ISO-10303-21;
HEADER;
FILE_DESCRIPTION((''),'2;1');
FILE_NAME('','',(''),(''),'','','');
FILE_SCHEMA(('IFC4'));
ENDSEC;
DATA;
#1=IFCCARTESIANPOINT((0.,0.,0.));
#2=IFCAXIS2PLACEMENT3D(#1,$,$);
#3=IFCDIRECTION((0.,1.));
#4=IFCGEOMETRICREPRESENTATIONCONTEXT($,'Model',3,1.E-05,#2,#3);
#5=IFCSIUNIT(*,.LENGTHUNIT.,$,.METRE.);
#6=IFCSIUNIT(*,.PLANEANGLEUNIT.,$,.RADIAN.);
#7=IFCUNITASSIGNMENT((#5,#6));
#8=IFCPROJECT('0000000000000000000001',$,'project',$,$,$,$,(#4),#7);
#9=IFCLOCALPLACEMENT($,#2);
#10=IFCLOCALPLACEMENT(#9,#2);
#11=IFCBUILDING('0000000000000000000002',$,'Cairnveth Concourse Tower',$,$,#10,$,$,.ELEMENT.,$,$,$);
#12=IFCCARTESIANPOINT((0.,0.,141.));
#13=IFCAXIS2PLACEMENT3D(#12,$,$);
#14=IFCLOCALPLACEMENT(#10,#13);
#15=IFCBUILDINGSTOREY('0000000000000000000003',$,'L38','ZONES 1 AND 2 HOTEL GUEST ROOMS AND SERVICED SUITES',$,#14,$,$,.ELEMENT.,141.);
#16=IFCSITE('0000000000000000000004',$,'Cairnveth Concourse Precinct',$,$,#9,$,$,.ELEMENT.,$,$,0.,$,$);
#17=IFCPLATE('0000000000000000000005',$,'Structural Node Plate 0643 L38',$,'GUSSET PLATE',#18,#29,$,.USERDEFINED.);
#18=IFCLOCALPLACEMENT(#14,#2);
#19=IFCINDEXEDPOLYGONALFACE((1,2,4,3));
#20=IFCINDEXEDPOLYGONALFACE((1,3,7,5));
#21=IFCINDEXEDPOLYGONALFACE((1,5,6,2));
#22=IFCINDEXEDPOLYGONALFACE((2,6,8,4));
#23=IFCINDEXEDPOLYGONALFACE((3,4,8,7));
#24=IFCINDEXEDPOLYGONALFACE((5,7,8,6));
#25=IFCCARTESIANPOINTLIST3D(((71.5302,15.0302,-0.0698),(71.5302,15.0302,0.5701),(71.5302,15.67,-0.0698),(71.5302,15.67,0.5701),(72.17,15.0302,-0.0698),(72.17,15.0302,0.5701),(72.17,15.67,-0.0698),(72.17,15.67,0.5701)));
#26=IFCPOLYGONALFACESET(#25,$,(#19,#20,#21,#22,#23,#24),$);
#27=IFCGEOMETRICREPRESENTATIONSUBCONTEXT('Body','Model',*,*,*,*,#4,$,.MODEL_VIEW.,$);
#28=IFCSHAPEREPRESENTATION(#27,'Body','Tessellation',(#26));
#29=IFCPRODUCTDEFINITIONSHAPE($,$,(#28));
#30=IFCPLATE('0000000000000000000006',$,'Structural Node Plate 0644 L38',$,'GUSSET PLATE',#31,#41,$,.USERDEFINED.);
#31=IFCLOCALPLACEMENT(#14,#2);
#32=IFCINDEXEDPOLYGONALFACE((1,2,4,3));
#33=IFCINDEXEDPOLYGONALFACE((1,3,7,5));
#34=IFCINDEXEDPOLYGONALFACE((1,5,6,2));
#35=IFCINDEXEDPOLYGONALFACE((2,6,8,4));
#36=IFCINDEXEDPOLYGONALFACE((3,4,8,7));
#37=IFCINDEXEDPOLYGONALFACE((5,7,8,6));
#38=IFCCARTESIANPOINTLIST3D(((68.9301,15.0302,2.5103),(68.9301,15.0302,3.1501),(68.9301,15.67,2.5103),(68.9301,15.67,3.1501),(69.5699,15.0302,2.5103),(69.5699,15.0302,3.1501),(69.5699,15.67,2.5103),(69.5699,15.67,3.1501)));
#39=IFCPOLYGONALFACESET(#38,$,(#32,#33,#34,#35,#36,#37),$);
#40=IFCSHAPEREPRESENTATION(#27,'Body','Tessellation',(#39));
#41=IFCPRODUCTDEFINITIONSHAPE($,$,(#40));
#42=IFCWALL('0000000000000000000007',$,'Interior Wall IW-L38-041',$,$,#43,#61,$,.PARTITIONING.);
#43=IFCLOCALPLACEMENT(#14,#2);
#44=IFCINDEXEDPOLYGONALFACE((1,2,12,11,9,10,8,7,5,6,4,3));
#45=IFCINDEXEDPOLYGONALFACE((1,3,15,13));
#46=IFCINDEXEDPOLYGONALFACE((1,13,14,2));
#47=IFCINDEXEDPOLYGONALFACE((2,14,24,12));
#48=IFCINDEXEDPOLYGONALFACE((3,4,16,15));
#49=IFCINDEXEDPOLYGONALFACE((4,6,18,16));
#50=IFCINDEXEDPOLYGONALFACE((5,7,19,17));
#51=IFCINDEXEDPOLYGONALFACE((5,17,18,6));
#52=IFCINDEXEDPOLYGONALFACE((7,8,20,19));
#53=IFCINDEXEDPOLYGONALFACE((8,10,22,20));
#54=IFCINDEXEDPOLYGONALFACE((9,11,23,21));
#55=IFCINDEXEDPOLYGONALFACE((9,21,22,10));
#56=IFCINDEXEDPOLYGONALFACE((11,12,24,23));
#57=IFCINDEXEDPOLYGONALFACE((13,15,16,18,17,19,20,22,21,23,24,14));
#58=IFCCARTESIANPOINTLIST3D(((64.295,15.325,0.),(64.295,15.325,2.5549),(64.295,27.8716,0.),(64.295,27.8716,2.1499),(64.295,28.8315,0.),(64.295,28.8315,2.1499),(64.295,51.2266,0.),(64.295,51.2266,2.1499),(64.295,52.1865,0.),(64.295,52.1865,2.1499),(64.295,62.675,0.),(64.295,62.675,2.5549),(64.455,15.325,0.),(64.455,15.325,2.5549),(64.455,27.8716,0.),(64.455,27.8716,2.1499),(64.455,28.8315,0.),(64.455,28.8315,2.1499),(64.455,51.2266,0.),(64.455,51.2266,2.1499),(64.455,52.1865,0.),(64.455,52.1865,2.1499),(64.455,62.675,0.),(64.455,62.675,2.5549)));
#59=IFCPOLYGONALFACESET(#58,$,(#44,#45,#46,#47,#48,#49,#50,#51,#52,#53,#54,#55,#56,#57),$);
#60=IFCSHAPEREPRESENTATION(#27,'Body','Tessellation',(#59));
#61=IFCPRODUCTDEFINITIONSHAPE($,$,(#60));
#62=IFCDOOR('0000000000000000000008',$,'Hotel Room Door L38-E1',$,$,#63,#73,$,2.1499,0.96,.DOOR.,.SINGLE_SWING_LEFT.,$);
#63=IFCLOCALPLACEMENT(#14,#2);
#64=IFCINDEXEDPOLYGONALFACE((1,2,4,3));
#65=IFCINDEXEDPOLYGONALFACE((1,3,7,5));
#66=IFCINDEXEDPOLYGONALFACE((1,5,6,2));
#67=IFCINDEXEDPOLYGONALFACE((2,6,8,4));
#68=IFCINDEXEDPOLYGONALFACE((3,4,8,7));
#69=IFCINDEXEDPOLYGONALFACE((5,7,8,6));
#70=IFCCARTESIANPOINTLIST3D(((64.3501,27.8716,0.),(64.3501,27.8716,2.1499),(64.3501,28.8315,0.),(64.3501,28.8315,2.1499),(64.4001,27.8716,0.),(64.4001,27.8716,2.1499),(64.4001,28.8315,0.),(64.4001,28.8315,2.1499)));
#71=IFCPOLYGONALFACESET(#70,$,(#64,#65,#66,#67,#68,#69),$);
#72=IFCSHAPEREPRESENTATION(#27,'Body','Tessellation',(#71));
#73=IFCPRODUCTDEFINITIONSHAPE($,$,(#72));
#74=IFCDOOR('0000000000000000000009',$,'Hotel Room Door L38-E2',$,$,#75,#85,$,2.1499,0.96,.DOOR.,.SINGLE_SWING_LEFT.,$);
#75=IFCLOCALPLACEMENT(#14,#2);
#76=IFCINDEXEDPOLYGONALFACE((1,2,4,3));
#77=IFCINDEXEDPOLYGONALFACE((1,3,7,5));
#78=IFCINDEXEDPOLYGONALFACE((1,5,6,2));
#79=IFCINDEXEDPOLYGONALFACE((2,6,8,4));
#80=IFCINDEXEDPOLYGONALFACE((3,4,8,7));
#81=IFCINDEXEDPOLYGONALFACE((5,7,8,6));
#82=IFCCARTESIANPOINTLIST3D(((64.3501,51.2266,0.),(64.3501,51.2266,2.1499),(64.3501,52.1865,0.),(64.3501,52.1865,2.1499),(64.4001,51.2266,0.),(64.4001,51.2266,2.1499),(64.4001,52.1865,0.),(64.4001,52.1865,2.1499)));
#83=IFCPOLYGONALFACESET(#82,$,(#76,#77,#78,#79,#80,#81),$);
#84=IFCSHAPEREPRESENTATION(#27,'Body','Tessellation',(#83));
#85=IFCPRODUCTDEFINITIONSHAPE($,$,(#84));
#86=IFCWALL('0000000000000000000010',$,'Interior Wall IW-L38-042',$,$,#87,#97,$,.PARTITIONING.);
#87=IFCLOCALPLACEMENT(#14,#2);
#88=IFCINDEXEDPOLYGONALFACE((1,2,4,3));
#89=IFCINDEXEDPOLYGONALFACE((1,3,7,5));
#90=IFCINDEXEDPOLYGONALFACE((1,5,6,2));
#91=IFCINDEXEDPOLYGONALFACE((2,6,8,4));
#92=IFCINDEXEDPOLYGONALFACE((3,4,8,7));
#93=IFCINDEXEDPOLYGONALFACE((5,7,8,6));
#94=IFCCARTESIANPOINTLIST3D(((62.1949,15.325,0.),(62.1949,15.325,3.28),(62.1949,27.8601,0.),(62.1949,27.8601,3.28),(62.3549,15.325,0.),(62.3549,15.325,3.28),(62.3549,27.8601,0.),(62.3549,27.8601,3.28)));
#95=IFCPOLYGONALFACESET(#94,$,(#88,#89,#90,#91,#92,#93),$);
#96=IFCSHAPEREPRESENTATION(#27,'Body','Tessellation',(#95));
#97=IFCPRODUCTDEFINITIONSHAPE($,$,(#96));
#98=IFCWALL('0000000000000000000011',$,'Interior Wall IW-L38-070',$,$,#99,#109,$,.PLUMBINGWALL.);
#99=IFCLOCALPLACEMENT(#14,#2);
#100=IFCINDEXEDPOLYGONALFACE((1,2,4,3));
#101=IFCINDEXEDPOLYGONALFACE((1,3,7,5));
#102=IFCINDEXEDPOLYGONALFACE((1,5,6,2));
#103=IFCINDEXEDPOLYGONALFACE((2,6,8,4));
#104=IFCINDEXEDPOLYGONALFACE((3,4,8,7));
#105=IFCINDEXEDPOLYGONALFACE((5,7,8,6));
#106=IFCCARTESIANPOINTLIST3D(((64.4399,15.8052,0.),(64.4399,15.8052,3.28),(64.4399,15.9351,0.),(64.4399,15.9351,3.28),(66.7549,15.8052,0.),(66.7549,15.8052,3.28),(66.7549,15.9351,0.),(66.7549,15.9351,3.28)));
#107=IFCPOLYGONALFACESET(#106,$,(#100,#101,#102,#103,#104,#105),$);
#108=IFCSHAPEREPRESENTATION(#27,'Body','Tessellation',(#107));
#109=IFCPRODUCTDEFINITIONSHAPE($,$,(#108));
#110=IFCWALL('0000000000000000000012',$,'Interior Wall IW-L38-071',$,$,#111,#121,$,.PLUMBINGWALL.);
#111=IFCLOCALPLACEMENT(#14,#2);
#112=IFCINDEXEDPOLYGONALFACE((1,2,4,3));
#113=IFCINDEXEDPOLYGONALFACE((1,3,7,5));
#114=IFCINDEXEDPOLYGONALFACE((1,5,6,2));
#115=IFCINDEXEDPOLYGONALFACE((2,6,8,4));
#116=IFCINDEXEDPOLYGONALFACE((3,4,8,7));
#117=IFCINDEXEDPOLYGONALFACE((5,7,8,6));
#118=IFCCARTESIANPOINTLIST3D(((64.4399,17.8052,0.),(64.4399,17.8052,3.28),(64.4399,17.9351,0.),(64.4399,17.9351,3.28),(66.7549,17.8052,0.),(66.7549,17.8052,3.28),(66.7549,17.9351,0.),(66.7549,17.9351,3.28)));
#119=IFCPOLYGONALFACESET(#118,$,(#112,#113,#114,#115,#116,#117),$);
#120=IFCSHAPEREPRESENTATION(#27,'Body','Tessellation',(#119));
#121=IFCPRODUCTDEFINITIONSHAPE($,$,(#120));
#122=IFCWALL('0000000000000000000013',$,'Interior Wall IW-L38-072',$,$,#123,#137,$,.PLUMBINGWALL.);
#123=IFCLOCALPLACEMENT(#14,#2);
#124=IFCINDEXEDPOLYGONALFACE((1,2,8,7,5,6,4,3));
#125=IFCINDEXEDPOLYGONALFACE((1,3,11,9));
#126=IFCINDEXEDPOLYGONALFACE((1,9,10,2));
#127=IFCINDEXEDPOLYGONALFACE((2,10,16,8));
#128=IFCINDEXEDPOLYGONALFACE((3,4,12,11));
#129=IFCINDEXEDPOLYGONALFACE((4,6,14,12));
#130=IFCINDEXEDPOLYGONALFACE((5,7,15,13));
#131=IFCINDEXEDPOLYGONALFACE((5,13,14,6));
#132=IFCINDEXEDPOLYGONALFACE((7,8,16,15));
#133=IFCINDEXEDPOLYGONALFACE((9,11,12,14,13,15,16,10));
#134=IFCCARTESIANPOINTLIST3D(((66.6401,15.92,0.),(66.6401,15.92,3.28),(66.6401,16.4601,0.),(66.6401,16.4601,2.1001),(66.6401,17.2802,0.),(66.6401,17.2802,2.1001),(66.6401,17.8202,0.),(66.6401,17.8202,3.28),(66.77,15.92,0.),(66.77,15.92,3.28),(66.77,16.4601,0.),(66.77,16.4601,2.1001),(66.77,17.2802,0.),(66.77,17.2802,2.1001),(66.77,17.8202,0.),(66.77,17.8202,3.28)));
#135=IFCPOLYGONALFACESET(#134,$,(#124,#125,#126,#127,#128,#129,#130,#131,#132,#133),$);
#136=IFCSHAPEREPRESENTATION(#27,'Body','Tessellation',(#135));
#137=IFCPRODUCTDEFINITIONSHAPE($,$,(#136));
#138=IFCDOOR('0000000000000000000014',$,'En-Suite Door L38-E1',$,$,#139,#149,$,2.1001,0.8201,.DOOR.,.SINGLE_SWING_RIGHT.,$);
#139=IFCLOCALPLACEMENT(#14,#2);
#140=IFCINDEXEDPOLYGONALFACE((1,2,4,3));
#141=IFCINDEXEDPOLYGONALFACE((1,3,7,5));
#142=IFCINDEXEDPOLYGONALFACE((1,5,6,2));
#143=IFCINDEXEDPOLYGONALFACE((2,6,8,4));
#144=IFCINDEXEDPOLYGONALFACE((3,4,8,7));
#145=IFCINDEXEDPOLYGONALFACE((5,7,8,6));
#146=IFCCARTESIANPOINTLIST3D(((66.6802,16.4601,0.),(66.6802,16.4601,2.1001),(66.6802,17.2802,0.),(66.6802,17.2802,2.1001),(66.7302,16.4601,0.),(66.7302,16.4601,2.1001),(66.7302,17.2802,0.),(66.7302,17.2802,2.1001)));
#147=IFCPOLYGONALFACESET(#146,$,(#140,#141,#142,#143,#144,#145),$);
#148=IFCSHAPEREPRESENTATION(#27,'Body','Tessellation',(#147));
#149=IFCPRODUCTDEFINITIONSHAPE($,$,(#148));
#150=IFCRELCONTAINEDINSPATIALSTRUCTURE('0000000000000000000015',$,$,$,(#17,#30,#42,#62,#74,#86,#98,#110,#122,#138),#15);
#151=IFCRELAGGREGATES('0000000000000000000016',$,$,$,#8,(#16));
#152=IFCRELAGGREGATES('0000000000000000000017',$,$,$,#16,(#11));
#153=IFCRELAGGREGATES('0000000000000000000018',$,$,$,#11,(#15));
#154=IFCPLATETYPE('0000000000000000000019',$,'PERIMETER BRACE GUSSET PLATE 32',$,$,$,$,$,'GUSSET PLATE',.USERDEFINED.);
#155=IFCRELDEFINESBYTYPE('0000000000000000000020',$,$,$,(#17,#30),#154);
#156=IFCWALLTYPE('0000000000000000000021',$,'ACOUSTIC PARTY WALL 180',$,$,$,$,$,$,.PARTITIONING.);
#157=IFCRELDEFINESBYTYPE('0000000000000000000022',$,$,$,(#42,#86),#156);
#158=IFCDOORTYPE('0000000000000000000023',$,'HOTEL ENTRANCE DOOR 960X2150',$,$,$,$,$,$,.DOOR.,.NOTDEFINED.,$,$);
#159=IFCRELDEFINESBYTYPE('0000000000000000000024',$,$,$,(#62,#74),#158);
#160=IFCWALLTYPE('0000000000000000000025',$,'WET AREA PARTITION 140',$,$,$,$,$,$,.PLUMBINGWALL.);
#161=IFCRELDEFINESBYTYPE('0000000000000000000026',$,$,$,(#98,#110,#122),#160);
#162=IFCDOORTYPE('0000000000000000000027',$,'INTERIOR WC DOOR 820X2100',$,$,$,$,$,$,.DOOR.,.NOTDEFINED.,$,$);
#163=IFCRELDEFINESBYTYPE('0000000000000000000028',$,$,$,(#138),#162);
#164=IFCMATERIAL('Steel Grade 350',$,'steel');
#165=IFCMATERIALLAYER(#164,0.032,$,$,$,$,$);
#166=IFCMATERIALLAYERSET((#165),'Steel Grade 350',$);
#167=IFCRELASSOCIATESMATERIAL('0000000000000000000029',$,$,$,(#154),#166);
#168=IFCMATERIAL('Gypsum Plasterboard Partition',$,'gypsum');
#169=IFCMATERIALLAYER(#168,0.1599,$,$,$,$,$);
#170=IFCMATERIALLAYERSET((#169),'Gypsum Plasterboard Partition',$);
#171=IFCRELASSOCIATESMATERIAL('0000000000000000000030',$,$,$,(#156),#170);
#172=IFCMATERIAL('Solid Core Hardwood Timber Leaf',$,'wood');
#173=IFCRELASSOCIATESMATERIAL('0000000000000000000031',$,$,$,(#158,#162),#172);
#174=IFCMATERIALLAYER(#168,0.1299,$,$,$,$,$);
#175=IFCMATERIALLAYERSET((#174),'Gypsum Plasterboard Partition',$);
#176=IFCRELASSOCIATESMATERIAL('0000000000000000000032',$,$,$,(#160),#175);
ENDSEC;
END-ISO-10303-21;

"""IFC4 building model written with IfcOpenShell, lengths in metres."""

from ifc_helpers import new_model, si_unit, direction, frame, frame_2d, origin, origin_2d, place, context, subcontext, project, spatial, rectangle, extrude, material, layer, layer_set, type_object, element, fill, save


model = new_model("IFC4")

# Units and contexts
model_context = context("Model", 3, precision=1e-05, world=origin(), true_north=direction((0.0, 1.0)))
body_context = subcontext(model_context, "Body", "Model", "MODEL_VIEW")
ifc_project = project(units=[si_unit("LENGTHUNIT", "METRE"), si_unit("PLANEANGLEUNIT", "RADIAN")], contexts=[model_context])

# Site, building, storey
site_placement = place(None, origin())
site = spatial("IfcSite", under=ifc_project, at=site_placement, Name="Cairnveth Concourse Precinct", CompositionType="ELEMENT", RefElevation=0.0)
building_placement = place(site_placement, origin())
building = spatial("IfcBuilding", under=site, at=building_placement, Name="Cairnveth Concourse Tower", CompositionType="ELEMENT")
storey_placement = place(building_placement, frame((0.0, 0.0, 141.0)))
storey = spatial("IfcBuildingStorey", under=building, at=storey_placement, Name="L38", Description="ZONES 1 AND 2 HOTEL GUEST ROOMS AND SERVICED SUITES", CompositionType="ELEMENT", Elevation=141.0)

# Shared definitions
ifc_material_1 = material(Name="Steel Grade 350", Category="steel")

# Plates
ifc_layer_1 = layer(ifc_material_1, 0.032)
ifc_layer_set_1 = layer_set([ifc_layer_1], Name="Steel Grade 350")
plate_type = type_object("IfcPlateType", Name="PERIMETER BRACE GUSSET PLATE 32", ElementType="GUSSET PLATE", PredefinedType="USERDEFINED", material=ifc_layer_set_1)
for number, where, z_axis, x_axis, name in (
    (1, (71.8501, 15.3501, -0.0698), (0.0, 0.0, 1.0), (1.0, 0.0, 0.0), "Structural Node Plate 0643 L38"),
    (2, (69.25, 15.3501, 2.5103), (0.0, 0.0, 1.0), (1.0, 0.0, 0.0), "Structural Node Plate 0644 L38"),
):
    element("IfcPlate", number, at=place(storey_placement, frame(where, z_axis=z_axis, x_axis=x_axis)), inside=storey, type_object=plate_type, Name=name, ObjectType="GUSSET PLATE", PredefinedType="USERDEFINED", context=body_context, shape_type="SweptSolid", body=[
        extrude(rectangle(XDim=0.6399, YDim=0.6399, at=origin_2d()), origin(), (0.0, 0.0, 1.0), 0.6399),
    ])

# Wall, openings, doors
ifc_material_2 = material(Name="Gypsum Plasterboard Partition", Category="gypsum")
ifc_layer_2 = layer(ifc_material_2, 0.1599)
ifc_layer_set_2 = layer_set([ifc_layer_2], Name="Gypsum Plasterboard Partition")
wall_type_1 = type_object("IfcWallType", Name="ACOUSTIC PARTY WALL 180", PredefinedType="PARTITIONING", material=ifc_layer_set_2)
wall_1_placement = place(storey_placement, frame((64.375, 15.325, 0.0), z_axis=(0.0, 0.0, 1.0), x_axis=(0.0, 1.0, 0.0)))
wall_1 = element("IfcWall", 3, at=wall_1_placement, inside=storey, type_object=wall_type_1, Name="Interior Wall IW-L38-041", PredefinedType="PARTITIONING", context=body_context, shape_type="SweptSolid", body=[
    extrude(rectangle(XDim=47.3501, YDim=0.1599, at=frame_2d((23.675, 0.0))), origin(), (0.0, 0.0, 1.0), 2.5549),
])
opening_1_placement = place(wall_1_placement, frame((12.5466, 0.0, 0.0)))
opening_1 = element("IfcOpeningElement", 4, at=opening_1_placement, cuts=wall_1, PredefinedType="OPENING", context=body_context, shape_type="SweptSolid", body=[
    extrude(rectangle(XDim=0.96, YDim=2.1499, at=frame_2d((0.48, 1.075))), frame((0.0, 0.0898, 0.0), z_axis=(0.0, -1.0, 0.0), x_axis=(1.0, 0.0, 0.0)), (0.0, 0.0, 1.0), 0.1799),
])
opening_2_placement = place(wall_1_placement, frame((35.9016, 0.0, 0.0)))
opening_2 = element("IfcOpeningElement", 5, at=opening_2_placement, cuts=wall_1, PredefinedType="OPENING", context=body_context, shape_type="SweptSolid", body=[
    extrude(rectangle(XDim=0.96, YDim=2.1499, at=frame_2d((0.48, 1.075))), frame((0.0, 0.0898, 0.0), z_axis=(0.0, -1.0, 0.0), x_axis=(1.0, 0.0, 0.0)), (0.0, 0.0, 1.0), 0.1799),
])
ifc_material_3 = material(Name="Solid Core Hardwood Timber Leaf", Category="wood")
door_type_1 = type_object("IfcDoorType", Name="HOTEL ENTRANCE DOOR 960X2150", OperationType="NOTDEFINED", PredefinedType="DOOR", material=ifc_material_3)
door_1_placement = place(opening_1_placement, origin())
door_1 = element("IfcDoor", 6, at=door_1_placement, inside=storey, type_object=door_type_1, Name="Hotel Room Door L38-E1", OperationType="SINGLE_SWING_LEFT", OverallHeight=2.1499, OverallWidth=0.96, PredefinedType="DOOR", context=body_context, shape_type="SweptSolid", body=[
    extrude(rectangle(XDim=0.96, YDim=2.1499, at=frame_2d((0.48, 1.075))), frame((0.0, 0.0249, 0.0), z_axis=(0.0, -1.0, 0.0), x_axis=(1.0, 0.0, 0.0)), (0.0, 0.0, 1.0), 0.05),
])
fill(opening_1, door_1)
door_2_placement = place(opening_2_placement, origin())
door_2 = element("IfcDoor", 7, at=door_2_placement, inside=storey, type_object=door_type_1, Name="Hotel Room Door L38-E2", OperationType="SINGLE_SWING_LEFT", OverallHeight=2.1499, OverallWidth=0.96, PredefinedType="DOOR", context=body_context, shape_type="SweptSolid", body=[
    extrude(rectangle(XDim=0.96, YDim=2.1499, at=frame_2d((0.48, 1.075))), frame((0.0, 0.0249, 0.0), z_axis=(0.0, -1.0, 0.0), x_axis=(1.0, 0.0, 0.0)), (0.0, 0.0, 1.0), 0.05),
])
fill(opening_2, door_2)

# Walls
wall_2_placement = place(storey_placement, frame((62.2749, 15.325, 0.0), z_axis=(0.0, 0.0, 1.0), x_axis=(0.0, 1.0, 0.0)))
element("IfcWall", 8, at=wall_2_placement, inside=storey, type_object=wall_type_1, Name="Interior Wall IW-L38-042", PredefinedType="PARTITIONING", context=body_context, shape_type="SweptSolid", body=[
    extrude(rectangle(XDim=12.5352, YDim=0.1599, at=frame_2d((6.2676, 0.0))), origin(), (0.0, 0.0, 1.0), 3.28),
])
ifc_layer_3 = layer(ifc_material_2, 0.1299)
ifc_layer_set_3 = layer_set([ifc_layer_3], Name="Gypsum Plasterboard Partition")
wall_type_2 = type_object("IfcWallType", Name="WET AREA PARTITION 140", PredefinedType="PLUMBINGWALL", material=ifc_layer_set_3)
for number, where, z_axis, x_axis, name in (
    (9, (64.4399, 15.8701, 0.0), (0.0, 0.0, 1.0), (1.0, 0.0, 0.0), "Interior Wall IW-L38-070"),
    (10, (64.4399, 17.8701, 0.0), (0.0, 0.0, 1.0), (1.0, 0.0, 0.0), "Interior Wall IW-L38-071"),
):
    element("IfcWall", number, at=place(storey_placement, frame(where, z_axis=z_axis, x_axis=x_axis)), inside=storey, type_object=wall_type_2, Name=name, PredefinedType="PLUMBINGWALL", context=body_context, shape_type="SweptSolid", body=[
        extrude(rectangle(XDim=2.3149, YDim=0.1299, at=frame_2d((1.1575, 0.0))), origin(), (0.0, 0.0, 1.0), 3.28),
    ])

# Wall, opening, door
wall_3_placement = place(storey_placement, frame((66.7051, 15.9199, 0.0), z_axis=(0.0, 0.0, 1.0), x_axis=(0.0, 1.0, 0.0)))
wall_3 = element("IfcWall", 11, at=wall_3_placement, inside=storey, type_object=wall_type_2, Name="Interior Wall IW-L38-072", PredefinedType="PLUMBINGWALL", context=body_context, shape_type="SweptSolid", body=[
    extrude(rectangle(XDim=1.9001, YDim=0.1299, at=frame_2d((0.9502, 0.0))), origin(), (0.0, 0.0, 1.0), 3.28),
])
opening_3_placement = place(wall_3_placement, frame((0.54, 0.0, 0.0)))
opening_3 = element("IfcOpeningElement", 12, at=opening_3_placement, cuts=wall_3, PredefinedType="OPENING", context=body_context, shape_type="SweptSolid", body=[
    extrude(rectangle(XDim=0.8201, YDim=2.1001, at=frame_2d((0.4102, 1.05))), frame((0.0, 0.075, 0.0), z_axis=(0.0, -1.0, 0.0), x_axis=(1.0, 0.0, 0.0)), (0.0, 0.0, 1.0), 0.1499),
])
door_type_2 = type_object("IfcDoorType", Name="INTERIOR WC DOOR 820X2100", OperationType="NOTDEFINED", PredefinedType="DOOR", material=ifc_material_3)
door_3_placement = place(opening_3_placement, origin())
door_3 = element("IfcDoor", 13, at=door_3_placement, inside=storey, type_object=door_type_2, Name="En-Suite Door L38-E1", OperationType="SINGLE_SWING_RIGHT", OverallHeight=2.1001, OverallWidth=0.8201, PredefinedType="DOOR", context=body_context, shape_type="SweptSolid", body=[
    extrude(rectangle(XDim=0.8201, YDim=2.1001, at=frame_2d((0.4102, 1.05))), frame((0.0, 0.0249, 0.0), z_axis=(0.0, -1.0, 0.0), x_axis=(1.0, 0.0, 0.0)), (0.0, 0.0, 1.0), 0.05),
])
fill(opening_3, door_3)

save(model, "model.ifc")
